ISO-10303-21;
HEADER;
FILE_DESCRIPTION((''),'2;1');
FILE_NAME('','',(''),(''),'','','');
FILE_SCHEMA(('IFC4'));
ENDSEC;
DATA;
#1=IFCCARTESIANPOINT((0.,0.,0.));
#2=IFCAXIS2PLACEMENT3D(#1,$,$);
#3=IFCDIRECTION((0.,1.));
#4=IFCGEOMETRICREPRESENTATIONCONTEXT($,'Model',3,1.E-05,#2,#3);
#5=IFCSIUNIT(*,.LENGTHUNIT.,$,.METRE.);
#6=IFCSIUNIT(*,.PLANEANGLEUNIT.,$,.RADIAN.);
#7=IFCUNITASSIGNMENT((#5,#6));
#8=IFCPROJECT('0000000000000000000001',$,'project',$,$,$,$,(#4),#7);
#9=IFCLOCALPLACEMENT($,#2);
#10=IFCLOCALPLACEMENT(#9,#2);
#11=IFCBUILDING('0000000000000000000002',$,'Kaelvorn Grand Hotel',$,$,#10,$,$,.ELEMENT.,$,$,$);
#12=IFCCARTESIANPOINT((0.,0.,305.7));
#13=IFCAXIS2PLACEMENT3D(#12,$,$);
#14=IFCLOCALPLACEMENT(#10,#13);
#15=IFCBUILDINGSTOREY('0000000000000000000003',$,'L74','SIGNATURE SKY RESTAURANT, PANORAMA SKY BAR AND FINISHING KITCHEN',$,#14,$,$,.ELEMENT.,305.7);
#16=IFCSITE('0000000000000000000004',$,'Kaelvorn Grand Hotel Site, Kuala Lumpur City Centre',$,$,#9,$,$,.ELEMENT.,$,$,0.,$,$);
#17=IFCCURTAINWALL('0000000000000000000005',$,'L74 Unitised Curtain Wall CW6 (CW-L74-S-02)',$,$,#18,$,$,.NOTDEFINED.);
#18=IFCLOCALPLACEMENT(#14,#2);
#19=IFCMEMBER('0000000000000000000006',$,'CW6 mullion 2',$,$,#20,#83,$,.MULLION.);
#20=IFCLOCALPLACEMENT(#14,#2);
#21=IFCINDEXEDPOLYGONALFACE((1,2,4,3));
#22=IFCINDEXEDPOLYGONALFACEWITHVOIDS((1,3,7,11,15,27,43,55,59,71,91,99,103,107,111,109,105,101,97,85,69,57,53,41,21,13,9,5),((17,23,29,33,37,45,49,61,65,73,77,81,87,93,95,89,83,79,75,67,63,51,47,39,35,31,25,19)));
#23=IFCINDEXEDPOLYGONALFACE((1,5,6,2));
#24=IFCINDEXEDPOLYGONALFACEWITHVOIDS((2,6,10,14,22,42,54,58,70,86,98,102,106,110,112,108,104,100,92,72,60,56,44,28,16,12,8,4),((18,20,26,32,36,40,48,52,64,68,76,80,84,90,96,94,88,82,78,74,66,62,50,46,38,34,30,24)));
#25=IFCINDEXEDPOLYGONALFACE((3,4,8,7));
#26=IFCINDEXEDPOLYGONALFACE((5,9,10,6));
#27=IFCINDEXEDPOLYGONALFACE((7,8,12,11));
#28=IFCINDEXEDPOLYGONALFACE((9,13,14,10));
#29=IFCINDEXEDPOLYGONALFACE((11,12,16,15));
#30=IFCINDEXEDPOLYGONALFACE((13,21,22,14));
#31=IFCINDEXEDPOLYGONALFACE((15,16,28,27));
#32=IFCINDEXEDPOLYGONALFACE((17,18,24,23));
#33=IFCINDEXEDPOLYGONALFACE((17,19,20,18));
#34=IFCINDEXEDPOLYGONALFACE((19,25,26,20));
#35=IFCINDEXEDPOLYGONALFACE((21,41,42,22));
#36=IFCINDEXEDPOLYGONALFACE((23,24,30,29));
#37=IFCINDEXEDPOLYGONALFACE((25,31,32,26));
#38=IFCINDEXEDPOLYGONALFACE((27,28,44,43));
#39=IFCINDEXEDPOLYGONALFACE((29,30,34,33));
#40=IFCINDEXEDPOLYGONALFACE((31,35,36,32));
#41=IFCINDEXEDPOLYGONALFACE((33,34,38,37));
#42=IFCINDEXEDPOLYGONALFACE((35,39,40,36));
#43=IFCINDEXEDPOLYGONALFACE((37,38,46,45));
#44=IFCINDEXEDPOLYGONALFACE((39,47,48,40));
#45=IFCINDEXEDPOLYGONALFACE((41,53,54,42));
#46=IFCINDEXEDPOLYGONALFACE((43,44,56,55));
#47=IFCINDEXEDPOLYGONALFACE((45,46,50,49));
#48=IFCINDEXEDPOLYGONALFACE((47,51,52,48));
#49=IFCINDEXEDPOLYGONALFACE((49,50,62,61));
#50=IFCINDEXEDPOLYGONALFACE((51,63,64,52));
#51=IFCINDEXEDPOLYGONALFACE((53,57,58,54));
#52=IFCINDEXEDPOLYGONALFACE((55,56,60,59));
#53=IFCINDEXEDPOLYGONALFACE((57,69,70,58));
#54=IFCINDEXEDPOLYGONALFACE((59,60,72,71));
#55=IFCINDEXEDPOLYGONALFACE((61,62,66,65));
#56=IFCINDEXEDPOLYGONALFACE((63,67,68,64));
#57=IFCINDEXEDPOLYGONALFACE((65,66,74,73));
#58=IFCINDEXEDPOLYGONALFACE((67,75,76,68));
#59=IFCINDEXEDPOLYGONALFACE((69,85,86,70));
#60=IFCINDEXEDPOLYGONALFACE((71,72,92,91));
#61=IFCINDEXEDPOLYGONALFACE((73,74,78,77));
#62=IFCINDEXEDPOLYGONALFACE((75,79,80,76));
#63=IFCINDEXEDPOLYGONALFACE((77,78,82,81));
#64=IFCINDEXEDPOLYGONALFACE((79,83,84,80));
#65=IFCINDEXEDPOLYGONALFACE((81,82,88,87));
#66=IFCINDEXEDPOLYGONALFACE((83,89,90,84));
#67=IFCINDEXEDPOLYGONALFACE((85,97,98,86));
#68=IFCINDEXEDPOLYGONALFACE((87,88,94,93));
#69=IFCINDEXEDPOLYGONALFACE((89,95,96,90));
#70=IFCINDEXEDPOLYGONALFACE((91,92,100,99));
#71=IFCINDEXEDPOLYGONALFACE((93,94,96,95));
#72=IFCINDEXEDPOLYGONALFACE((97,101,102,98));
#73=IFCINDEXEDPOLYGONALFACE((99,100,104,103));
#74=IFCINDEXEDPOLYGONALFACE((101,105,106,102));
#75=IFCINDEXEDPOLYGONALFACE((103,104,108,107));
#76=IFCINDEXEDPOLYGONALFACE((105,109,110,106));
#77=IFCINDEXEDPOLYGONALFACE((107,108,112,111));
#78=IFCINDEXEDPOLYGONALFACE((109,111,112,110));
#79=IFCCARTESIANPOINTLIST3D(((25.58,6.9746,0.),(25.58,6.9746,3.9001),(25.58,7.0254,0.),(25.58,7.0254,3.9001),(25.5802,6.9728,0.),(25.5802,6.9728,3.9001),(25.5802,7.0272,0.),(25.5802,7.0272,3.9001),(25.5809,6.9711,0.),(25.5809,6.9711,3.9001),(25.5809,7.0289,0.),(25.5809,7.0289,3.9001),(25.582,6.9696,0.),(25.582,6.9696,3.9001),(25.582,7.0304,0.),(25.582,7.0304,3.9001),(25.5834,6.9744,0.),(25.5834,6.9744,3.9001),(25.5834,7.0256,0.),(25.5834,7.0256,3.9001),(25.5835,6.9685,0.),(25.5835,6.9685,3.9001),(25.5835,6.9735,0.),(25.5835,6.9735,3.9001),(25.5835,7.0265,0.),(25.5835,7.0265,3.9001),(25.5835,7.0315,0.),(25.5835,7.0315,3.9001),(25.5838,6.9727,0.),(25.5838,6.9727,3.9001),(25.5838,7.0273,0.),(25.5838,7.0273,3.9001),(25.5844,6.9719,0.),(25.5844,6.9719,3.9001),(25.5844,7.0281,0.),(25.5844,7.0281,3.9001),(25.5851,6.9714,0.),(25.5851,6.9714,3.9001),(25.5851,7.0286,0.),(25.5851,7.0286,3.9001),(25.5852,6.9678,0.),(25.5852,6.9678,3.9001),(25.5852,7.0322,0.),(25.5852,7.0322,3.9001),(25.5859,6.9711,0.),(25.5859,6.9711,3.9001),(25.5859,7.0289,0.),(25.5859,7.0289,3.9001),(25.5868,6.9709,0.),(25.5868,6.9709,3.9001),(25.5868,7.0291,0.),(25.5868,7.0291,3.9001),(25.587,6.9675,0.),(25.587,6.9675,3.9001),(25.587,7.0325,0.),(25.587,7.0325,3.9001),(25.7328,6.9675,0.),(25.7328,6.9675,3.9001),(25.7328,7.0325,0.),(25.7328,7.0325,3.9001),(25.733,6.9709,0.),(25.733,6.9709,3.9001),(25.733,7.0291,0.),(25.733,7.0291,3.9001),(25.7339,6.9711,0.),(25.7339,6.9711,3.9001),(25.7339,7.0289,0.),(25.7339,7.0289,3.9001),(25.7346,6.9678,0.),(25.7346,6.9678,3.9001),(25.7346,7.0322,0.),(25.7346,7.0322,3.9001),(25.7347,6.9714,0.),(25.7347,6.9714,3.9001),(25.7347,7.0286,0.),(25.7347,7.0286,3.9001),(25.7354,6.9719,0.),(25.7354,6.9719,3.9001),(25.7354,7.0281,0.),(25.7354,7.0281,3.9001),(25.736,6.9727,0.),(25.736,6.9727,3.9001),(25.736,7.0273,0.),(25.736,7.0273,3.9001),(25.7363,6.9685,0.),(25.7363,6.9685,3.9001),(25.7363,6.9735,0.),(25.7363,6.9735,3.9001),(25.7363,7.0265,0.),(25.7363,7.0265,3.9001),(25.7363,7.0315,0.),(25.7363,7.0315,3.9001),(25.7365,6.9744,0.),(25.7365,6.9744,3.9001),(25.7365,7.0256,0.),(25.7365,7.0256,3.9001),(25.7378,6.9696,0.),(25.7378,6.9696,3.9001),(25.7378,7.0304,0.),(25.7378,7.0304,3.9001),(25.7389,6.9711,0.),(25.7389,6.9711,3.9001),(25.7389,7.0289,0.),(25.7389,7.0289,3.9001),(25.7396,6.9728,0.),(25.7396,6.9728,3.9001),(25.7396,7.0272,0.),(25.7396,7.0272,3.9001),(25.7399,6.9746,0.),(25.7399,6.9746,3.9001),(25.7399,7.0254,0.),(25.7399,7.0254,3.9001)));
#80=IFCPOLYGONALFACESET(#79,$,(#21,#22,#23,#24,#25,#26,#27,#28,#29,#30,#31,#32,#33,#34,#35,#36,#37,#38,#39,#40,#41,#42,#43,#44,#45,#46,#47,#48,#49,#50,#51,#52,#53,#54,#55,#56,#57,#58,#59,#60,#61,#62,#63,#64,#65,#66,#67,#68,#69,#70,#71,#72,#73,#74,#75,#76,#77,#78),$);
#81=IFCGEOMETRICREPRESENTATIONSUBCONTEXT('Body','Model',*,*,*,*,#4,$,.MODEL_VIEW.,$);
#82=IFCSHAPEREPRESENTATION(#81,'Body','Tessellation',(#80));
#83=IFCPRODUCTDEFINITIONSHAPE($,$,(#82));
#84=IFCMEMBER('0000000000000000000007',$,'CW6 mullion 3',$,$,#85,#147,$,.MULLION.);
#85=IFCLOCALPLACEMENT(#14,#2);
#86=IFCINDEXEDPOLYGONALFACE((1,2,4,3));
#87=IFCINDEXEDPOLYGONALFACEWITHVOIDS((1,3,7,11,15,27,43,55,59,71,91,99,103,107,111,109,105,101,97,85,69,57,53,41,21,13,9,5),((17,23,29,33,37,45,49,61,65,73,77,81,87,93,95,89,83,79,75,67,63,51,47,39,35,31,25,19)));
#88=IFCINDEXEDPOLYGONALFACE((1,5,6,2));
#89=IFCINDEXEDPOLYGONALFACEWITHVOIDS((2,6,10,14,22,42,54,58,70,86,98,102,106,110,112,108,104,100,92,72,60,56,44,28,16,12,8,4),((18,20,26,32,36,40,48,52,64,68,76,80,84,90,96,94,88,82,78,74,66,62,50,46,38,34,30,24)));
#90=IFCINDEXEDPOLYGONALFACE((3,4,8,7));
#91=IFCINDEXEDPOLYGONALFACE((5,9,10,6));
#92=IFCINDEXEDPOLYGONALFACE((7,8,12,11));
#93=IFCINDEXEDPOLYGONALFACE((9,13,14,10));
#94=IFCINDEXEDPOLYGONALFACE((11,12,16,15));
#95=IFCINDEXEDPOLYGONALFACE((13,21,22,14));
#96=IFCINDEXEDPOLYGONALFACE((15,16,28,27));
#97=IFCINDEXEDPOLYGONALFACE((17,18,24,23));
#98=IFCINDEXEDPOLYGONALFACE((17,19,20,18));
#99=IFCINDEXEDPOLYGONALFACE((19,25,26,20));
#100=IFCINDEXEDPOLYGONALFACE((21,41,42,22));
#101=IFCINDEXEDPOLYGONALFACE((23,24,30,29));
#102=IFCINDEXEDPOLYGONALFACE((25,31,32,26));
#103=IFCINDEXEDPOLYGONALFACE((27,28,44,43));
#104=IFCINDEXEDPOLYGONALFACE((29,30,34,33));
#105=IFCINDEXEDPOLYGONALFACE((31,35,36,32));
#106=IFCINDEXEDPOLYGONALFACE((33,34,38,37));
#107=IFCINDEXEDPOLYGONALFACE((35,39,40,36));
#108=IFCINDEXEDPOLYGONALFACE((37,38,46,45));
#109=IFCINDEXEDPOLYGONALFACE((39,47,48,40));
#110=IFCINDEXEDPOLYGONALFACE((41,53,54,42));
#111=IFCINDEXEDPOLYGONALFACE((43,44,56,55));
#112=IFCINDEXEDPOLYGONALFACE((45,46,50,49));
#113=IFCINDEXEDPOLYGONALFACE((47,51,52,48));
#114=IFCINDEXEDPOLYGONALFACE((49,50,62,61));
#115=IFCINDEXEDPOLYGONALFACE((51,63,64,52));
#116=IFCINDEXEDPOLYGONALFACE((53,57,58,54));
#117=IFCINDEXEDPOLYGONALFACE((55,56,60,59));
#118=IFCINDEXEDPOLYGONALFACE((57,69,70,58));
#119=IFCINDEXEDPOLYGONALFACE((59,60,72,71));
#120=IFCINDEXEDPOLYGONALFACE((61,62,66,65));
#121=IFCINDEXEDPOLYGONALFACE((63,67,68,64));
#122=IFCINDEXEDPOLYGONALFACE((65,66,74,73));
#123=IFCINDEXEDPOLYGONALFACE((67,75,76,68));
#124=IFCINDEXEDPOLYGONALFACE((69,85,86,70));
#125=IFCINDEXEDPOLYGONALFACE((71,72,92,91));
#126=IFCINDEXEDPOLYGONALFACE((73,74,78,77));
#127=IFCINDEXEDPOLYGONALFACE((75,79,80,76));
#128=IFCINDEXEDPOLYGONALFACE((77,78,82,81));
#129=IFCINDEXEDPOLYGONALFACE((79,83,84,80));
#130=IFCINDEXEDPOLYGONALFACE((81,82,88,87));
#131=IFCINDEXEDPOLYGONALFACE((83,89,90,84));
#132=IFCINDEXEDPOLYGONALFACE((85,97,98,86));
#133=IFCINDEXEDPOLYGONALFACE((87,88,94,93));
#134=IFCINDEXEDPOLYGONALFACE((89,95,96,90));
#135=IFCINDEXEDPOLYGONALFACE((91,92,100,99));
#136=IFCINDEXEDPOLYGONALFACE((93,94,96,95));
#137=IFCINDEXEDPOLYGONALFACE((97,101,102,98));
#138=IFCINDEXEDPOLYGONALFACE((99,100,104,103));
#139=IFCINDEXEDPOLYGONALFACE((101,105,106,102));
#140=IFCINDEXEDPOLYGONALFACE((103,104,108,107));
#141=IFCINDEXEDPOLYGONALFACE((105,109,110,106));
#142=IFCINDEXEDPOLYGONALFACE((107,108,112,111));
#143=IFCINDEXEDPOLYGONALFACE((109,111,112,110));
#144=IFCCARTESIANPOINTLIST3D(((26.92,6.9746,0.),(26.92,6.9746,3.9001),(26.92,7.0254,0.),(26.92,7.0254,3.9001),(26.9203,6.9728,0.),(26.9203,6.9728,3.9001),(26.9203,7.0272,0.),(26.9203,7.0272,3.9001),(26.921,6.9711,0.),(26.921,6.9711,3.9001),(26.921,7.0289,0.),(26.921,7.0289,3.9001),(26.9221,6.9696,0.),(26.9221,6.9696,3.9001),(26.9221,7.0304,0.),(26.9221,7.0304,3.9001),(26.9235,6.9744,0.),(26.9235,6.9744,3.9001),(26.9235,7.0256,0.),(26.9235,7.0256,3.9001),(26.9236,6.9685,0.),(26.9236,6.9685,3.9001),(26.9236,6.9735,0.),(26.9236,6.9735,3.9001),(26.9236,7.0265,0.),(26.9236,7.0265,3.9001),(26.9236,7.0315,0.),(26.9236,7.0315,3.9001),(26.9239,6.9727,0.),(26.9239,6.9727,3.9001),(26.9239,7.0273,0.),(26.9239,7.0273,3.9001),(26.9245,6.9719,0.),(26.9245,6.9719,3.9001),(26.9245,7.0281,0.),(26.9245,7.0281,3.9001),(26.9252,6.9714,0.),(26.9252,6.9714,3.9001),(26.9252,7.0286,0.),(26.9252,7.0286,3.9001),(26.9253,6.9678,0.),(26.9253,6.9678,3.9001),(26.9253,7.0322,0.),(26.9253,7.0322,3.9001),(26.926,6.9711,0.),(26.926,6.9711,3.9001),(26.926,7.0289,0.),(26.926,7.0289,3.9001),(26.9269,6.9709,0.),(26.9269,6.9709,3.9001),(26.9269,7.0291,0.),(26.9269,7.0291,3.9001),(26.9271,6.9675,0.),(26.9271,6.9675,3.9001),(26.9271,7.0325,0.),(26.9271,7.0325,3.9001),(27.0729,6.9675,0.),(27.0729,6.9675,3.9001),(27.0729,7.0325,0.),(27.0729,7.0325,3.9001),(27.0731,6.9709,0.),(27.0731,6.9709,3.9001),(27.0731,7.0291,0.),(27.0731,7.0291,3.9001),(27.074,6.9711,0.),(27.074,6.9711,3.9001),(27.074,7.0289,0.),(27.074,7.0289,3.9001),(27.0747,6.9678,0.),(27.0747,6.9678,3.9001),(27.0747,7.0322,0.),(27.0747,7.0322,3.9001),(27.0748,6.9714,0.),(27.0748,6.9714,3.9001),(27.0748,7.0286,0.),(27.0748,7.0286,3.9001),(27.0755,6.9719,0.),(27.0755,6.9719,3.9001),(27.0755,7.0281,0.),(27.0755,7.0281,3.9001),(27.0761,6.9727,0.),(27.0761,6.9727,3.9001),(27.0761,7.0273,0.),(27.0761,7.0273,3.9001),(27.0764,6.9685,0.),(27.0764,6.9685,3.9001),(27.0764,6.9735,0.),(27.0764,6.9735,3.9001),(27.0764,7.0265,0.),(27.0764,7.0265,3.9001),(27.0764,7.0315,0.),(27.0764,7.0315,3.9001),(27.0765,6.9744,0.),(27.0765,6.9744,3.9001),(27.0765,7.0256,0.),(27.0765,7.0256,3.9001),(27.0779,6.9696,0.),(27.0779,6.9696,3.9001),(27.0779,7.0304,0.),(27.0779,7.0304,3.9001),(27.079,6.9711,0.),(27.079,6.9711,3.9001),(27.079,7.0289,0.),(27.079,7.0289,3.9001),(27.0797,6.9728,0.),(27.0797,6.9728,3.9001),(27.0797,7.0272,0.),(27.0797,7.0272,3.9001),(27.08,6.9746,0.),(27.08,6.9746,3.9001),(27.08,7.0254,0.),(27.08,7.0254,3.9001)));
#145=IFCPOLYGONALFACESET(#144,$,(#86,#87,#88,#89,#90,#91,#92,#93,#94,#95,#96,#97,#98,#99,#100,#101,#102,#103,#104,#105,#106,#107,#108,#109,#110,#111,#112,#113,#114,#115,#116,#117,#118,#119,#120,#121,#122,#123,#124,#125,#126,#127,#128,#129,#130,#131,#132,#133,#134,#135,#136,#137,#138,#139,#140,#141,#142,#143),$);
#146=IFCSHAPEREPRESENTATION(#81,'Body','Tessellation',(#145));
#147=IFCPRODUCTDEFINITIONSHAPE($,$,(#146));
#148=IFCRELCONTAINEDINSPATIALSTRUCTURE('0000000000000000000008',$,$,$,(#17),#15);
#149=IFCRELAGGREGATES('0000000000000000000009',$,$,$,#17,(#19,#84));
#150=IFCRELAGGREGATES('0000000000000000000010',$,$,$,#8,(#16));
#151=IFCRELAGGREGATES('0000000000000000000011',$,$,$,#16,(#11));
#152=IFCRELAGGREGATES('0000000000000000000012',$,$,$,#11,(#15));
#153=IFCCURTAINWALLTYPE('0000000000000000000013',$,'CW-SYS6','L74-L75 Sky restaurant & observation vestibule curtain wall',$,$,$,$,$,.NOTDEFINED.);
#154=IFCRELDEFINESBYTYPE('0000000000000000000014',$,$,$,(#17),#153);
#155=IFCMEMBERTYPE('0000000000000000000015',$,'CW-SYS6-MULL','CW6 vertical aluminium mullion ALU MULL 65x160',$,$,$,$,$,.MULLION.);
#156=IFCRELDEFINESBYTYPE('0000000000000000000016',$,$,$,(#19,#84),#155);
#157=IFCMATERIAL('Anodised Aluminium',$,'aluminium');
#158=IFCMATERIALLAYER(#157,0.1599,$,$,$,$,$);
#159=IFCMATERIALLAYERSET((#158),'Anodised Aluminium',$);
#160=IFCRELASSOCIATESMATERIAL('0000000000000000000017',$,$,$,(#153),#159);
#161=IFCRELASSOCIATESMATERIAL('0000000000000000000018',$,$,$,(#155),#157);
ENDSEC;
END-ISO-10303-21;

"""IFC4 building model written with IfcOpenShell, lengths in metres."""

from ifc_helpers import new_model, si_unit, direction, frame, origin, origin_2d, place, context, subcontext, project, spatial, hollow_rectangle, extrude, material, layer, layer_set, material_profile, profile_set, type_object, element, aggregate, save


model = new_model("IFC4")

# Units and contexts
model_context = context("Model", 3, precision=1e-05, world=origin(), true_north=direction((0.0, 1.0)))
body_context = subcontext(model_context, "Body", "Model", "MODEL_VIEW")
ifc_project = project(units=[si_unit("LENGTHUNIT", "METRE"), si_unit("PLANEANGLEUNIT", "RADIAN")], contexts=[model_context])

# Site, building, storey
site_placement = place(None, origin())
site = spatial("IfcSite", under=ifc_project, at=site_placement, Name="Kaelvorn Grand Hotel Site, Kuala Lumpur City Centre", CompositionType="ELEMENT", RefElevation=0.0)
building_placement = place(site_placement, origin())
building = spatial("IfcBuilding", under=site, at=building_placement, Name="Kaelvorn Grand Hotel", CompositionType="ELEMENT")
storey_placement = place(building_placement, frame((0.0, 0.0, 305.7)))
storey = spatial("IfcBuildingStorey", under=building, at=storey_placement, Name="L74", Description="SIGNATURE SKY RESTAURANT, PANORAMA SKY BAR AND FINISHING KITCHEN", CompositionType="ELEMENT", Elevation=305.7)

# Shared definitions
ifc_material_1 = material(Name="Anodised Aluminium", Category="aluminium")
ifc_layer_1 = layer(ifc_material_1, 0.1599)
ifc_layer_set_1 = layer_set([ifc_layer_1], Name="Anodised Aluminium")
curtain_wall_type = type_object("IfcCurtainWallType", Name="CW-SYS6", Description="L74-L75 Sky restaurant & observation vestibule curtain wall", PredefinedType="NOTDEFINED", material=ifc_layer_set_1)
ifc_material_profile_1 = material_profile(ifc_material_1, hollow_rectangle(XDim=0.0649, YDim=0.1599, WallThickness=0.0034, InnerFilletRadius=0.0034, OuterFilletRadius=0.0071, at=origin_2d()), Name="ALU MULL 65x160")
ifc_profile_set_1 = profile_set([ifc_material_profile_1], Name="Anodised Aluminium")
member_type_1 = type_object("IfcMemberType", Name="CW-SYS6-MULL", Description="CW6 vertical aluminium mullion ALU MULL 65x160", PredefinedType="MULLION", material=ifc_profile_set_1)

# Curtain wall, members
curtain_wall_1_placement = place(storey_placement, origin())
curtain_wall_1 = element("IfcCurtainWall", 1, at=curtain_wall_1_placement, inside=storey, type_object=curtain_wall_type, Name="L74 Unitised Curtain Wall CW6 (CW-L74-S-02)", PredefinedType="NOTDEFINED")
member_1_placement = place(storey_placement, frame((25.6599, 7.0, 0.0), z_axis=(0.0, 0.0, 1.0), x_axis=(0.0, 1.0, 0.0)))
member_1 = element("IfcMember", 2, at=member_1_placement, type_object=member_type_1, Name="CW6 mullion 2", PredefinedType="MULLION", context=body_context, shape_type="SweptSolid", body=[
    extrude(hollow_rectangle(XDim=0.0649, YDim=0.1599, WallThickness=0.0034, InnerFilletRadius=0.0034, OuterFilletRadius=0.0071, at=origin_2d()), origin(), (0.0, 0.0, 1.0), 3.9001),
])
member_2_placement = place(storey_placement, frame((27.0, 7.0, 0.0), z_axis=(0.0, 0.0, 1.0), x_axis=(0.0, 1.0, 0.0)))
member_2 = element("IfcMember", 3, at=member_2_placement, type_object=member_type_1, Name="CW6 mullion 3", PredefinedType="MULLION", context=body_context, shape_type="SweptSolid", body=[
    extrude(hollow_rectangle(XDim=0.0649, YDim=0.1599, WallThickness=0.0034, InnerFilletRadius=0.0034, OuterFilletRadius=0.0071, at=origin_2d()), origin(), (0.0, 0.0, 1.0), 3.9001),
])

aggregate(curtain_wall_1, [member_1, member_2])

save(model, "model.ifc")
